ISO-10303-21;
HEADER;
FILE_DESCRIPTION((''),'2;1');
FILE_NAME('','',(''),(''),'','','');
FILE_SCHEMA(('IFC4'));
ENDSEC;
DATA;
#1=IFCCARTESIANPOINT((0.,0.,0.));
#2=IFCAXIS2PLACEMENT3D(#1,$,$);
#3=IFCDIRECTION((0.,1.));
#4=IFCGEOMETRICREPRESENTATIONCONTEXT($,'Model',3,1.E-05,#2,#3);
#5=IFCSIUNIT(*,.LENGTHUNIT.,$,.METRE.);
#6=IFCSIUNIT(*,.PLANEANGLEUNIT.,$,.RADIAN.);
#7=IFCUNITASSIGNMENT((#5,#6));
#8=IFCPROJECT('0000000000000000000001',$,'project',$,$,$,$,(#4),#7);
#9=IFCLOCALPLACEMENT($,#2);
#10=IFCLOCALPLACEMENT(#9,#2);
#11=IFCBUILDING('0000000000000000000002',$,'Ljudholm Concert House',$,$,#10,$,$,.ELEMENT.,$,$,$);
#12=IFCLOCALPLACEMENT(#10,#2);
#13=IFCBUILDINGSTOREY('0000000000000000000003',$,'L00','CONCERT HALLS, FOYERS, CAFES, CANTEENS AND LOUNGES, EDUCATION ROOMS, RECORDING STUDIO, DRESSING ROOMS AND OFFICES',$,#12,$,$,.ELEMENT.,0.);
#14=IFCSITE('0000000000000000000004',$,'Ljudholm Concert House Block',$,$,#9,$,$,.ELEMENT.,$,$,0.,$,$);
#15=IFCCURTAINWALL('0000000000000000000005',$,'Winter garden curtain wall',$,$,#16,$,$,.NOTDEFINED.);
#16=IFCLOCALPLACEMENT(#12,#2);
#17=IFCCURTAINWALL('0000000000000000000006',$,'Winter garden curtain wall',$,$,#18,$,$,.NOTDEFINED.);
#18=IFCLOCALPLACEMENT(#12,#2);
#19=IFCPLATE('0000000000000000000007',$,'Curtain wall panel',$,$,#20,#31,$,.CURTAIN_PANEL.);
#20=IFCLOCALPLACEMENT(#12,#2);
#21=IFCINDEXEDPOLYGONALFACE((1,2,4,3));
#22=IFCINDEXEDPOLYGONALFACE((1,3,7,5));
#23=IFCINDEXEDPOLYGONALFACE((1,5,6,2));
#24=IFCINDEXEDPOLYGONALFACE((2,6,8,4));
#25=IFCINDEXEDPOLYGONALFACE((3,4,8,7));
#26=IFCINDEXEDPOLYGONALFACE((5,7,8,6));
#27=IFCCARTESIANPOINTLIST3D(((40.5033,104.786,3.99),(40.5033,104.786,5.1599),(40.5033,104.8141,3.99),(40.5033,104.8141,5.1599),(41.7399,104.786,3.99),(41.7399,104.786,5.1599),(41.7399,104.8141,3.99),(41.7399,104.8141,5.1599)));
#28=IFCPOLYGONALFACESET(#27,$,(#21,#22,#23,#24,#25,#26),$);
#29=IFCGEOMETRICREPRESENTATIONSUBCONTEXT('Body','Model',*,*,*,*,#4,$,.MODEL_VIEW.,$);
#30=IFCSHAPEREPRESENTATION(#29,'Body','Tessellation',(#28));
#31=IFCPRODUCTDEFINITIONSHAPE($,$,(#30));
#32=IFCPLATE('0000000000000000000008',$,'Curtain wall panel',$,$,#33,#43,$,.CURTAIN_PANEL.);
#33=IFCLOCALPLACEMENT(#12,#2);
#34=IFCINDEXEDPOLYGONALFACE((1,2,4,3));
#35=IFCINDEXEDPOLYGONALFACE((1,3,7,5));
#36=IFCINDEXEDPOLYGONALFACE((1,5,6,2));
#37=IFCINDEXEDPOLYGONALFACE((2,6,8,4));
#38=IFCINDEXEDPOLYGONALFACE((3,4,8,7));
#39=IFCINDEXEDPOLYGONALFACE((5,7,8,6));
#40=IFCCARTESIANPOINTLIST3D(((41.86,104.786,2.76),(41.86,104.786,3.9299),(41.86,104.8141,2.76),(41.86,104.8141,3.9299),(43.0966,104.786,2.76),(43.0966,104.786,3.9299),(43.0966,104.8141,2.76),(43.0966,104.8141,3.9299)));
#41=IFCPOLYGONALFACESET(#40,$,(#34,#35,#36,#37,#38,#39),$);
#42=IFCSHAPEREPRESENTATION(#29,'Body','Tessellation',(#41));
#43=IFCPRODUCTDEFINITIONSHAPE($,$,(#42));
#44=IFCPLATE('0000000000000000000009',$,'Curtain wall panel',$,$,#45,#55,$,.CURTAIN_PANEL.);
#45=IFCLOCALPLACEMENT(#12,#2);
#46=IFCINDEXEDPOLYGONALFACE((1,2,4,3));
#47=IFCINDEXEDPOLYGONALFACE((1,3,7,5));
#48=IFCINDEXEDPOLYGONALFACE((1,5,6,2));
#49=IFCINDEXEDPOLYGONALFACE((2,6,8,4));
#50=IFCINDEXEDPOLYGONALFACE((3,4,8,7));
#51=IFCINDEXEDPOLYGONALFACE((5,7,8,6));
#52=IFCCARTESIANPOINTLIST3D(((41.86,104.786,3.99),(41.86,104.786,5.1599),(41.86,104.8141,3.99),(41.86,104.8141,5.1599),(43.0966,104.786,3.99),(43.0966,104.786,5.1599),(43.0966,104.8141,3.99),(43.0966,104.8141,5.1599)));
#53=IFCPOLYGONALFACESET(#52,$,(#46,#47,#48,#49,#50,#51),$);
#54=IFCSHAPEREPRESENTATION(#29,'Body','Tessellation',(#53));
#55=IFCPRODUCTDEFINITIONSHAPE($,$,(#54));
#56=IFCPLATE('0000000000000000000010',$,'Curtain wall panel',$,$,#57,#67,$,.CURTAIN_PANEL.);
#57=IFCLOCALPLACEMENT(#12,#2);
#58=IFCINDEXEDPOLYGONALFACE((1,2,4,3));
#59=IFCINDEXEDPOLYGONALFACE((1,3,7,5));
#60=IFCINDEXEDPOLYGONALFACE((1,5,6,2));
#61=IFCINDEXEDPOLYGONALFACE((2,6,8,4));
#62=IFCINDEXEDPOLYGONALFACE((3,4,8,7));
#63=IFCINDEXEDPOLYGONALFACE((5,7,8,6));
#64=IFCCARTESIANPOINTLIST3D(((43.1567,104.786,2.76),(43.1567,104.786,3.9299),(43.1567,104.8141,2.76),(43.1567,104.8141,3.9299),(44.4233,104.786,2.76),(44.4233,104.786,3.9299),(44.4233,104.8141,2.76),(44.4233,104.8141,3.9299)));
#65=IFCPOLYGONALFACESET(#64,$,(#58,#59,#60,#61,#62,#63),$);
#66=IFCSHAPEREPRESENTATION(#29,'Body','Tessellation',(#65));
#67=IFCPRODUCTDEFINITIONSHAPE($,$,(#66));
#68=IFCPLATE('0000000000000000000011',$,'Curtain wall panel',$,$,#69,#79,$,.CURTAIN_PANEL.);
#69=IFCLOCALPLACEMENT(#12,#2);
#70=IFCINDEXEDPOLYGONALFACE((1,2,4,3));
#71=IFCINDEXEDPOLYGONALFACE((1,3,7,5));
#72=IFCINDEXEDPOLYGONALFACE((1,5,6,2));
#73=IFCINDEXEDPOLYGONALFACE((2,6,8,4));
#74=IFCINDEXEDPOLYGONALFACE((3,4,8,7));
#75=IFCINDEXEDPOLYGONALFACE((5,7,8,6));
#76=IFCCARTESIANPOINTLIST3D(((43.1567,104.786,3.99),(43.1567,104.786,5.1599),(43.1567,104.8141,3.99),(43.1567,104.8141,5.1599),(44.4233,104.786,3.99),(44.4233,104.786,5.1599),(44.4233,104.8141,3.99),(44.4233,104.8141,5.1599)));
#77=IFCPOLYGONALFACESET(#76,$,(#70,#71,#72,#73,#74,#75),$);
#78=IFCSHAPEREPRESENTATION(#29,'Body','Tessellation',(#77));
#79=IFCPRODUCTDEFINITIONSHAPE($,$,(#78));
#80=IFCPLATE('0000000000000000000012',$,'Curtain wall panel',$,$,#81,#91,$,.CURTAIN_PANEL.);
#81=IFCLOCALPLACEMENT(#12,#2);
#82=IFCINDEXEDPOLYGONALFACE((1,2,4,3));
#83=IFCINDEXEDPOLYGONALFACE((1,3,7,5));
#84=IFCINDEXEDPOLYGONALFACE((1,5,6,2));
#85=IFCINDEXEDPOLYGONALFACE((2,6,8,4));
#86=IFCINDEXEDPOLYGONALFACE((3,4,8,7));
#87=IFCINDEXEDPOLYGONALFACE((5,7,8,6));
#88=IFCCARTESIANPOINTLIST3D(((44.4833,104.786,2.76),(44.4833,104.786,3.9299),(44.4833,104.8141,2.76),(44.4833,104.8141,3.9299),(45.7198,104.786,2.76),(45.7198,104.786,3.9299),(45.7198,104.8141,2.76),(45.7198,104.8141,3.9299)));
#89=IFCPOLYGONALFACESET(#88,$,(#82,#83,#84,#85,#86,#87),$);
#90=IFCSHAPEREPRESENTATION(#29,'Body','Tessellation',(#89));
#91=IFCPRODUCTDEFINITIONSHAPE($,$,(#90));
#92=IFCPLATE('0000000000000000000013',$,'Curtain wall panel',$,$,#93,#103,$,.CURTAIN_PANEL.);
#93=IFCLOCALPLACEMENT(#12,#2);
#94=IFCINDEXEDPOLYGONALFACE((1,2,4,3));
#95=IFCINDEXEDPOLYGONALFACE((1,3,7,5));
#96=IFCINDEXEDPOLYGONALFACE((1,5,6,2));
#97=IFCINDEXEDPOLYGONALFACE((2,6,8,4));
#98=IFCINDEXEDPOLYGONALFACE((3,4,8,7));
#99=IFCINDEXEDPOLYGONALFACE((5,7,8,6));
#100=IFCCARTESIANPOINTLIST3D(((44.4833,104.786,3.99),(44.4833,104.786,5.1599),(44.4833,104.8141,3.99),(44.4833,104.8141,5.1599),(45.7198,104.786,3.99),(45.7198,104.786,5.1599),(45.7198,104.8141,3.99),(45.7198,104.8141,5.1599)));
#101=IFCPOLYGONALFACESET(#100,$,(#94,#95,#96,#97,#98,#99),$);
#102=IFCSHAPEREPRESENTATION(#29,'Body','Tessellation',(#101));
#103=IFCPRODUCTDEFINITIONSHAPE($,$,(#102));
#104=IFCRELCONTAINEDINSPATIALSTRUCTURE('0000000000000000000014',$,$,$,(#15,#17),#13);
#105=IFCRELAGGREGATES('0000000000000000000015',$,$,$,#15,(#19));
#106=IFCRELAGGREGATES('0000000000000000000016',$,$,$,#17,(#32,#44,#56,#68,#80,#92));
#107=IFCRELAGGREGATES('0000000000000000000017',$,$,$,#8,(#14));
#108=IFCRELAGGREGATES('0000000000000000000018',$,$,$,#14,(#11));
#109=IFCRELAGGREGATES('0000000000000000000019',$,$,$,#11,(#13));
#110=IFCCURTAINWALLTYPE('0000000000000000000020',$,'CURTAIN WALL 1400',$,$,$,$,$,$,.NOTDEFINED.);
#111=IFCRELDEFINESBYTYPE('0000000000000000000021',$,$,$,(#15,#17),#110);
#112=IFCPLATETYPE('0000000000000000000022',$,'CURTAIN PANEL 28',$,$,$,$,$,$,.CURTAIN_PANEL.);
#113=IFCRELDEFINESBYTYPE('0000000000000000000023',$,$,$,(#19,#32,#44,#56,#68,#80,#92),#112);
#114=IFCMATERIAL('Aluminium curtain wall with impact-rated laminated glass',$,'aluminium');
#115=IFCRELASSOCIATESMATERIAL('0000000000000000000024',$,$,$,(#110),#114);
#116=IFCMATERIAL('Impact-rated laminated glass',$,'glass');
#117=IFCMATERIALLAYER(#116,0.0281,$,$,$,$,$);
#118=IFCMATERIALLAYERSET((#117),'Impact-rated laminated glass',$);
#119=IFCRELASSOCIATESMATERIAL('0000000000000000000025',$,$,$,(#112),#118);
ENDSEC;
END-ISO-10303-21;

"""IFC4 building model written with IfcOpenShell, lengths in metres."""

from ifc_helpers import new_model, si_unit, direction, frame, origin, origin_2d, place, context, subcontext, project, spatial, rectangle, extrude, material, layer, layer_set, type_object, element, aggregate, save


model = new_model("IFC4")

# Units and contexts
model_context = context("Model", 3, precision=1e-05, world=origin(), true_north=direction((0.0, 1.0)))
body_context = subcontext(model_context, "Body", "Model", "MODEL_VIEW")
ifc_project = project(units=[si_unit("LENGTHUNIT", "METRE"), si_unit("PLANEANGLEUNIT", "RADIAN")], contexts=[model_context])

# Site, building, storey
site_placement = place(None, origin())
site = spatial("IfcSite", under=ifc_project, at=site_placement, Name="Ljudholm Concert House Block", CompositionType="ELEMENT", RefElevation=0.0)
building_placement = place(site_placement, origin())
building = spatial("IfcBuilding", under=site, at=building_placement, Name="Ljudholm Concert House", CompositionType="ELEMENT")
storey_placement = place(building_placement, origin())
storey = spatial("IfcBuildingStorey", under=building, at=storey_placement, Name="L00", Description="CONCERT HALLS, FOYERS, CAFES, CANTEENS AND LOUNGES, EDUCATION ROOMS, RECORDING STUDIO, DRESSING ROOMS AND OFFICES", CompositionType="ELEMENT", Elevation=0.0)

# Curtain wall
ifc_material_1 = material(Name="Aluminium curtain wall with impact-rated laminated glass", Category="aluminium")
curtain_wall_type = type_object("IfcCurtainWallType", Name="CURTAIN WALL 1400", PredefinedType="NOTDEFINED", material=ifc_material_1)
curtain_wall_1_placement = place(storey_placement, origin())
curtain_wall_1 = element("IfcCurtainWall", 1, at=curtain_wall_1_placement, inside=storey, type_object=curtain_wall_type, Name="Winter garden curtain wall", PredefinedType="NOTDEFINED")

# Curtain wall
curtain_wall_2_placement = place(storey_placement, origin())
curtain_wall_2 = element("IfcCurtainWall", 2, at=curtain_wall_2_placement, inside=storey, type_object=curtain_wall_type, Name="Winter garden curtain wall", PredefinedType="NOTDEFINED")

# Plates
ifc_material_2 = material(Name="Impact-rated laminated glass", Category="glass")
ifc_layer_1 = layer(ifc_material_2, 0.0281)
ifc_layer_set_1 = layer_set([ifc_layer_1], Name="Impact-rated laminated glass")
plate_type = type_object("IfcPlateType", Name="CURTAIN PANEL 28", PredefinedType="CURTAIN_PANEL", material=ifc_layer_set_1)
plate_1_placement = place(storey_placement, frame((41.1216, 104.8, 3.99), z_axis=(0.0, 0.0, 1.0), x_axis=(1.0, 0.0, 0.0)))
plate_1 = element("IfcPlate", 3, at=plate_1_placement, type_object=plate_type, Name="Curtain wall panel", PredefinedType="CURTAIN_PANEL", context=body_context, shape_type="SweptSolid", body=[
    extrude(rectangle(XDim=1.2366, YDim=0.0281, at=origin_2d()), origin(), (0.0, 0.0, 1.0), 1.1699),
])
aggregate(curtain_wall_1, [plate_1])
plate_2_placement = place(storey_placement, frame((42.4783, 104.8, 2.76), z_axis=(0.0, 0.0, 1.0), x_axis=(1.0, 0.0, 0.0)))
plate_2 = element("IfcPlate", 4, at=plate_2_placement, type_object=plate_type, Name="Curtain wall panel", PredefinedType="CURTAIN_PANEL", context=body_context, shape_type="SweptSolid", body=[
    extrude(rectangle(XDim=1.2366, YDim=0.0281, at=origin_2d()), origin(), (0.0, 0.0, 1.0), 1.1699),
])
plate_3_placement = place(storey_placement, frame((42.4783, 104.8, 3.99), z_axis=(0.0, 0.0, 1.0), x_axis=(1.0, 0.0, 0.0)))
plate_3 = element("IfcPlate", 5, at=plate_3_placement, type_object=plate_type, Name="Curtain wall panel", PredefinedType="CURTAIN_PANEL", context=body_context, shape_type="SweptSolid", body=[
    extrude(rectangle(XDim=1.2366, YDim=0.0281, at=origin_2d()), origin(), (0.0, 0.0, 1.0), 1.1699),
])
plate_4_placement = place(storey_placement, frame((43.79, 104.8, 2.76), z_axis=(0.0, 0.0, 1.0), x_axis=(1.0, 0.0, 0.0)))
plate_4 = element("IfcPlate", 6, at=plate_4_placement, type_object=plate_type, Name="Curtain wall panel", PredefinedType="CURTAIN_PANEL", context=body_context, shape_type="SweptSolid", body=[
    extrude(rectangle(XDim=1.2666, YDim=0.0281, at=origin_2d()), origin(), (0.0, 0.0, 1.0), 1.1699),
])
plate_5_placement = place(storey_placement, frame((43.79, 104.8, 3.99), z_axis=(0.0, 0.0, 1.0), x_axis=(1.0, 0.0, 0.0)))
plate_5 = element("IfcPlate", 7, at=plate_5_placement, type_object=plate_type, Name="Curtain wall panel", PredefinedType="CURTAIN_PANEL", context=body_context, shape_type="SweptSolid", body=[
    extrude(rectangle(XDim=1.2666, YDim=0.0281, at=origin_2d()), origin(), (0.0, 0.0, 1.0), 1.1699),
])
plate_6_placement = place(storey_placement, frame((45.1016, 104.8, 2.76), z_axis=(0.0, 0.0, 1.0), x_axis=(1.0, 0.0, 0.0)))
plate_6 = element("IfcPlate", 8, at=plate_6_placement, type_object=plate_type, Name="Curtain wall panel", PredefinedType="CURTAIN_PANEL", context=body_context, shape_type="SweptSolid", body=[
    extrude(rectangle(XDim=1.2366, YDim=0.0281, at=origin_2d()), origin(), (0.0, 0.0, 1.0), 1.1699),
])
plate_7_placement = place(storey_placement, frame((45.1016, 104.8, 3.99), z_axis=(0.0, 0.0, 1.0), x_axis=(1.0, 0.0, 0.0)))
plate_7 = element("IfcPlate", 9, at=plate_7_placement, type_object=plate_type, Name="Curtain wall panel", PredefinedType="CURTAIN_PANEL", context=body_context, shape_type="SweptSolid", body=[
    extrude(rectangle(XDim=1.2366, YDim=0.0281, at=origin_2d()), origin(), (0.0, 0.0, 1.0), 1.1699),
])
aggregate(curtain_wall_2, [plate_2, plate_3, plate_4, plate_5, plate_6, plate_7])

save(model, "model.ifc")
